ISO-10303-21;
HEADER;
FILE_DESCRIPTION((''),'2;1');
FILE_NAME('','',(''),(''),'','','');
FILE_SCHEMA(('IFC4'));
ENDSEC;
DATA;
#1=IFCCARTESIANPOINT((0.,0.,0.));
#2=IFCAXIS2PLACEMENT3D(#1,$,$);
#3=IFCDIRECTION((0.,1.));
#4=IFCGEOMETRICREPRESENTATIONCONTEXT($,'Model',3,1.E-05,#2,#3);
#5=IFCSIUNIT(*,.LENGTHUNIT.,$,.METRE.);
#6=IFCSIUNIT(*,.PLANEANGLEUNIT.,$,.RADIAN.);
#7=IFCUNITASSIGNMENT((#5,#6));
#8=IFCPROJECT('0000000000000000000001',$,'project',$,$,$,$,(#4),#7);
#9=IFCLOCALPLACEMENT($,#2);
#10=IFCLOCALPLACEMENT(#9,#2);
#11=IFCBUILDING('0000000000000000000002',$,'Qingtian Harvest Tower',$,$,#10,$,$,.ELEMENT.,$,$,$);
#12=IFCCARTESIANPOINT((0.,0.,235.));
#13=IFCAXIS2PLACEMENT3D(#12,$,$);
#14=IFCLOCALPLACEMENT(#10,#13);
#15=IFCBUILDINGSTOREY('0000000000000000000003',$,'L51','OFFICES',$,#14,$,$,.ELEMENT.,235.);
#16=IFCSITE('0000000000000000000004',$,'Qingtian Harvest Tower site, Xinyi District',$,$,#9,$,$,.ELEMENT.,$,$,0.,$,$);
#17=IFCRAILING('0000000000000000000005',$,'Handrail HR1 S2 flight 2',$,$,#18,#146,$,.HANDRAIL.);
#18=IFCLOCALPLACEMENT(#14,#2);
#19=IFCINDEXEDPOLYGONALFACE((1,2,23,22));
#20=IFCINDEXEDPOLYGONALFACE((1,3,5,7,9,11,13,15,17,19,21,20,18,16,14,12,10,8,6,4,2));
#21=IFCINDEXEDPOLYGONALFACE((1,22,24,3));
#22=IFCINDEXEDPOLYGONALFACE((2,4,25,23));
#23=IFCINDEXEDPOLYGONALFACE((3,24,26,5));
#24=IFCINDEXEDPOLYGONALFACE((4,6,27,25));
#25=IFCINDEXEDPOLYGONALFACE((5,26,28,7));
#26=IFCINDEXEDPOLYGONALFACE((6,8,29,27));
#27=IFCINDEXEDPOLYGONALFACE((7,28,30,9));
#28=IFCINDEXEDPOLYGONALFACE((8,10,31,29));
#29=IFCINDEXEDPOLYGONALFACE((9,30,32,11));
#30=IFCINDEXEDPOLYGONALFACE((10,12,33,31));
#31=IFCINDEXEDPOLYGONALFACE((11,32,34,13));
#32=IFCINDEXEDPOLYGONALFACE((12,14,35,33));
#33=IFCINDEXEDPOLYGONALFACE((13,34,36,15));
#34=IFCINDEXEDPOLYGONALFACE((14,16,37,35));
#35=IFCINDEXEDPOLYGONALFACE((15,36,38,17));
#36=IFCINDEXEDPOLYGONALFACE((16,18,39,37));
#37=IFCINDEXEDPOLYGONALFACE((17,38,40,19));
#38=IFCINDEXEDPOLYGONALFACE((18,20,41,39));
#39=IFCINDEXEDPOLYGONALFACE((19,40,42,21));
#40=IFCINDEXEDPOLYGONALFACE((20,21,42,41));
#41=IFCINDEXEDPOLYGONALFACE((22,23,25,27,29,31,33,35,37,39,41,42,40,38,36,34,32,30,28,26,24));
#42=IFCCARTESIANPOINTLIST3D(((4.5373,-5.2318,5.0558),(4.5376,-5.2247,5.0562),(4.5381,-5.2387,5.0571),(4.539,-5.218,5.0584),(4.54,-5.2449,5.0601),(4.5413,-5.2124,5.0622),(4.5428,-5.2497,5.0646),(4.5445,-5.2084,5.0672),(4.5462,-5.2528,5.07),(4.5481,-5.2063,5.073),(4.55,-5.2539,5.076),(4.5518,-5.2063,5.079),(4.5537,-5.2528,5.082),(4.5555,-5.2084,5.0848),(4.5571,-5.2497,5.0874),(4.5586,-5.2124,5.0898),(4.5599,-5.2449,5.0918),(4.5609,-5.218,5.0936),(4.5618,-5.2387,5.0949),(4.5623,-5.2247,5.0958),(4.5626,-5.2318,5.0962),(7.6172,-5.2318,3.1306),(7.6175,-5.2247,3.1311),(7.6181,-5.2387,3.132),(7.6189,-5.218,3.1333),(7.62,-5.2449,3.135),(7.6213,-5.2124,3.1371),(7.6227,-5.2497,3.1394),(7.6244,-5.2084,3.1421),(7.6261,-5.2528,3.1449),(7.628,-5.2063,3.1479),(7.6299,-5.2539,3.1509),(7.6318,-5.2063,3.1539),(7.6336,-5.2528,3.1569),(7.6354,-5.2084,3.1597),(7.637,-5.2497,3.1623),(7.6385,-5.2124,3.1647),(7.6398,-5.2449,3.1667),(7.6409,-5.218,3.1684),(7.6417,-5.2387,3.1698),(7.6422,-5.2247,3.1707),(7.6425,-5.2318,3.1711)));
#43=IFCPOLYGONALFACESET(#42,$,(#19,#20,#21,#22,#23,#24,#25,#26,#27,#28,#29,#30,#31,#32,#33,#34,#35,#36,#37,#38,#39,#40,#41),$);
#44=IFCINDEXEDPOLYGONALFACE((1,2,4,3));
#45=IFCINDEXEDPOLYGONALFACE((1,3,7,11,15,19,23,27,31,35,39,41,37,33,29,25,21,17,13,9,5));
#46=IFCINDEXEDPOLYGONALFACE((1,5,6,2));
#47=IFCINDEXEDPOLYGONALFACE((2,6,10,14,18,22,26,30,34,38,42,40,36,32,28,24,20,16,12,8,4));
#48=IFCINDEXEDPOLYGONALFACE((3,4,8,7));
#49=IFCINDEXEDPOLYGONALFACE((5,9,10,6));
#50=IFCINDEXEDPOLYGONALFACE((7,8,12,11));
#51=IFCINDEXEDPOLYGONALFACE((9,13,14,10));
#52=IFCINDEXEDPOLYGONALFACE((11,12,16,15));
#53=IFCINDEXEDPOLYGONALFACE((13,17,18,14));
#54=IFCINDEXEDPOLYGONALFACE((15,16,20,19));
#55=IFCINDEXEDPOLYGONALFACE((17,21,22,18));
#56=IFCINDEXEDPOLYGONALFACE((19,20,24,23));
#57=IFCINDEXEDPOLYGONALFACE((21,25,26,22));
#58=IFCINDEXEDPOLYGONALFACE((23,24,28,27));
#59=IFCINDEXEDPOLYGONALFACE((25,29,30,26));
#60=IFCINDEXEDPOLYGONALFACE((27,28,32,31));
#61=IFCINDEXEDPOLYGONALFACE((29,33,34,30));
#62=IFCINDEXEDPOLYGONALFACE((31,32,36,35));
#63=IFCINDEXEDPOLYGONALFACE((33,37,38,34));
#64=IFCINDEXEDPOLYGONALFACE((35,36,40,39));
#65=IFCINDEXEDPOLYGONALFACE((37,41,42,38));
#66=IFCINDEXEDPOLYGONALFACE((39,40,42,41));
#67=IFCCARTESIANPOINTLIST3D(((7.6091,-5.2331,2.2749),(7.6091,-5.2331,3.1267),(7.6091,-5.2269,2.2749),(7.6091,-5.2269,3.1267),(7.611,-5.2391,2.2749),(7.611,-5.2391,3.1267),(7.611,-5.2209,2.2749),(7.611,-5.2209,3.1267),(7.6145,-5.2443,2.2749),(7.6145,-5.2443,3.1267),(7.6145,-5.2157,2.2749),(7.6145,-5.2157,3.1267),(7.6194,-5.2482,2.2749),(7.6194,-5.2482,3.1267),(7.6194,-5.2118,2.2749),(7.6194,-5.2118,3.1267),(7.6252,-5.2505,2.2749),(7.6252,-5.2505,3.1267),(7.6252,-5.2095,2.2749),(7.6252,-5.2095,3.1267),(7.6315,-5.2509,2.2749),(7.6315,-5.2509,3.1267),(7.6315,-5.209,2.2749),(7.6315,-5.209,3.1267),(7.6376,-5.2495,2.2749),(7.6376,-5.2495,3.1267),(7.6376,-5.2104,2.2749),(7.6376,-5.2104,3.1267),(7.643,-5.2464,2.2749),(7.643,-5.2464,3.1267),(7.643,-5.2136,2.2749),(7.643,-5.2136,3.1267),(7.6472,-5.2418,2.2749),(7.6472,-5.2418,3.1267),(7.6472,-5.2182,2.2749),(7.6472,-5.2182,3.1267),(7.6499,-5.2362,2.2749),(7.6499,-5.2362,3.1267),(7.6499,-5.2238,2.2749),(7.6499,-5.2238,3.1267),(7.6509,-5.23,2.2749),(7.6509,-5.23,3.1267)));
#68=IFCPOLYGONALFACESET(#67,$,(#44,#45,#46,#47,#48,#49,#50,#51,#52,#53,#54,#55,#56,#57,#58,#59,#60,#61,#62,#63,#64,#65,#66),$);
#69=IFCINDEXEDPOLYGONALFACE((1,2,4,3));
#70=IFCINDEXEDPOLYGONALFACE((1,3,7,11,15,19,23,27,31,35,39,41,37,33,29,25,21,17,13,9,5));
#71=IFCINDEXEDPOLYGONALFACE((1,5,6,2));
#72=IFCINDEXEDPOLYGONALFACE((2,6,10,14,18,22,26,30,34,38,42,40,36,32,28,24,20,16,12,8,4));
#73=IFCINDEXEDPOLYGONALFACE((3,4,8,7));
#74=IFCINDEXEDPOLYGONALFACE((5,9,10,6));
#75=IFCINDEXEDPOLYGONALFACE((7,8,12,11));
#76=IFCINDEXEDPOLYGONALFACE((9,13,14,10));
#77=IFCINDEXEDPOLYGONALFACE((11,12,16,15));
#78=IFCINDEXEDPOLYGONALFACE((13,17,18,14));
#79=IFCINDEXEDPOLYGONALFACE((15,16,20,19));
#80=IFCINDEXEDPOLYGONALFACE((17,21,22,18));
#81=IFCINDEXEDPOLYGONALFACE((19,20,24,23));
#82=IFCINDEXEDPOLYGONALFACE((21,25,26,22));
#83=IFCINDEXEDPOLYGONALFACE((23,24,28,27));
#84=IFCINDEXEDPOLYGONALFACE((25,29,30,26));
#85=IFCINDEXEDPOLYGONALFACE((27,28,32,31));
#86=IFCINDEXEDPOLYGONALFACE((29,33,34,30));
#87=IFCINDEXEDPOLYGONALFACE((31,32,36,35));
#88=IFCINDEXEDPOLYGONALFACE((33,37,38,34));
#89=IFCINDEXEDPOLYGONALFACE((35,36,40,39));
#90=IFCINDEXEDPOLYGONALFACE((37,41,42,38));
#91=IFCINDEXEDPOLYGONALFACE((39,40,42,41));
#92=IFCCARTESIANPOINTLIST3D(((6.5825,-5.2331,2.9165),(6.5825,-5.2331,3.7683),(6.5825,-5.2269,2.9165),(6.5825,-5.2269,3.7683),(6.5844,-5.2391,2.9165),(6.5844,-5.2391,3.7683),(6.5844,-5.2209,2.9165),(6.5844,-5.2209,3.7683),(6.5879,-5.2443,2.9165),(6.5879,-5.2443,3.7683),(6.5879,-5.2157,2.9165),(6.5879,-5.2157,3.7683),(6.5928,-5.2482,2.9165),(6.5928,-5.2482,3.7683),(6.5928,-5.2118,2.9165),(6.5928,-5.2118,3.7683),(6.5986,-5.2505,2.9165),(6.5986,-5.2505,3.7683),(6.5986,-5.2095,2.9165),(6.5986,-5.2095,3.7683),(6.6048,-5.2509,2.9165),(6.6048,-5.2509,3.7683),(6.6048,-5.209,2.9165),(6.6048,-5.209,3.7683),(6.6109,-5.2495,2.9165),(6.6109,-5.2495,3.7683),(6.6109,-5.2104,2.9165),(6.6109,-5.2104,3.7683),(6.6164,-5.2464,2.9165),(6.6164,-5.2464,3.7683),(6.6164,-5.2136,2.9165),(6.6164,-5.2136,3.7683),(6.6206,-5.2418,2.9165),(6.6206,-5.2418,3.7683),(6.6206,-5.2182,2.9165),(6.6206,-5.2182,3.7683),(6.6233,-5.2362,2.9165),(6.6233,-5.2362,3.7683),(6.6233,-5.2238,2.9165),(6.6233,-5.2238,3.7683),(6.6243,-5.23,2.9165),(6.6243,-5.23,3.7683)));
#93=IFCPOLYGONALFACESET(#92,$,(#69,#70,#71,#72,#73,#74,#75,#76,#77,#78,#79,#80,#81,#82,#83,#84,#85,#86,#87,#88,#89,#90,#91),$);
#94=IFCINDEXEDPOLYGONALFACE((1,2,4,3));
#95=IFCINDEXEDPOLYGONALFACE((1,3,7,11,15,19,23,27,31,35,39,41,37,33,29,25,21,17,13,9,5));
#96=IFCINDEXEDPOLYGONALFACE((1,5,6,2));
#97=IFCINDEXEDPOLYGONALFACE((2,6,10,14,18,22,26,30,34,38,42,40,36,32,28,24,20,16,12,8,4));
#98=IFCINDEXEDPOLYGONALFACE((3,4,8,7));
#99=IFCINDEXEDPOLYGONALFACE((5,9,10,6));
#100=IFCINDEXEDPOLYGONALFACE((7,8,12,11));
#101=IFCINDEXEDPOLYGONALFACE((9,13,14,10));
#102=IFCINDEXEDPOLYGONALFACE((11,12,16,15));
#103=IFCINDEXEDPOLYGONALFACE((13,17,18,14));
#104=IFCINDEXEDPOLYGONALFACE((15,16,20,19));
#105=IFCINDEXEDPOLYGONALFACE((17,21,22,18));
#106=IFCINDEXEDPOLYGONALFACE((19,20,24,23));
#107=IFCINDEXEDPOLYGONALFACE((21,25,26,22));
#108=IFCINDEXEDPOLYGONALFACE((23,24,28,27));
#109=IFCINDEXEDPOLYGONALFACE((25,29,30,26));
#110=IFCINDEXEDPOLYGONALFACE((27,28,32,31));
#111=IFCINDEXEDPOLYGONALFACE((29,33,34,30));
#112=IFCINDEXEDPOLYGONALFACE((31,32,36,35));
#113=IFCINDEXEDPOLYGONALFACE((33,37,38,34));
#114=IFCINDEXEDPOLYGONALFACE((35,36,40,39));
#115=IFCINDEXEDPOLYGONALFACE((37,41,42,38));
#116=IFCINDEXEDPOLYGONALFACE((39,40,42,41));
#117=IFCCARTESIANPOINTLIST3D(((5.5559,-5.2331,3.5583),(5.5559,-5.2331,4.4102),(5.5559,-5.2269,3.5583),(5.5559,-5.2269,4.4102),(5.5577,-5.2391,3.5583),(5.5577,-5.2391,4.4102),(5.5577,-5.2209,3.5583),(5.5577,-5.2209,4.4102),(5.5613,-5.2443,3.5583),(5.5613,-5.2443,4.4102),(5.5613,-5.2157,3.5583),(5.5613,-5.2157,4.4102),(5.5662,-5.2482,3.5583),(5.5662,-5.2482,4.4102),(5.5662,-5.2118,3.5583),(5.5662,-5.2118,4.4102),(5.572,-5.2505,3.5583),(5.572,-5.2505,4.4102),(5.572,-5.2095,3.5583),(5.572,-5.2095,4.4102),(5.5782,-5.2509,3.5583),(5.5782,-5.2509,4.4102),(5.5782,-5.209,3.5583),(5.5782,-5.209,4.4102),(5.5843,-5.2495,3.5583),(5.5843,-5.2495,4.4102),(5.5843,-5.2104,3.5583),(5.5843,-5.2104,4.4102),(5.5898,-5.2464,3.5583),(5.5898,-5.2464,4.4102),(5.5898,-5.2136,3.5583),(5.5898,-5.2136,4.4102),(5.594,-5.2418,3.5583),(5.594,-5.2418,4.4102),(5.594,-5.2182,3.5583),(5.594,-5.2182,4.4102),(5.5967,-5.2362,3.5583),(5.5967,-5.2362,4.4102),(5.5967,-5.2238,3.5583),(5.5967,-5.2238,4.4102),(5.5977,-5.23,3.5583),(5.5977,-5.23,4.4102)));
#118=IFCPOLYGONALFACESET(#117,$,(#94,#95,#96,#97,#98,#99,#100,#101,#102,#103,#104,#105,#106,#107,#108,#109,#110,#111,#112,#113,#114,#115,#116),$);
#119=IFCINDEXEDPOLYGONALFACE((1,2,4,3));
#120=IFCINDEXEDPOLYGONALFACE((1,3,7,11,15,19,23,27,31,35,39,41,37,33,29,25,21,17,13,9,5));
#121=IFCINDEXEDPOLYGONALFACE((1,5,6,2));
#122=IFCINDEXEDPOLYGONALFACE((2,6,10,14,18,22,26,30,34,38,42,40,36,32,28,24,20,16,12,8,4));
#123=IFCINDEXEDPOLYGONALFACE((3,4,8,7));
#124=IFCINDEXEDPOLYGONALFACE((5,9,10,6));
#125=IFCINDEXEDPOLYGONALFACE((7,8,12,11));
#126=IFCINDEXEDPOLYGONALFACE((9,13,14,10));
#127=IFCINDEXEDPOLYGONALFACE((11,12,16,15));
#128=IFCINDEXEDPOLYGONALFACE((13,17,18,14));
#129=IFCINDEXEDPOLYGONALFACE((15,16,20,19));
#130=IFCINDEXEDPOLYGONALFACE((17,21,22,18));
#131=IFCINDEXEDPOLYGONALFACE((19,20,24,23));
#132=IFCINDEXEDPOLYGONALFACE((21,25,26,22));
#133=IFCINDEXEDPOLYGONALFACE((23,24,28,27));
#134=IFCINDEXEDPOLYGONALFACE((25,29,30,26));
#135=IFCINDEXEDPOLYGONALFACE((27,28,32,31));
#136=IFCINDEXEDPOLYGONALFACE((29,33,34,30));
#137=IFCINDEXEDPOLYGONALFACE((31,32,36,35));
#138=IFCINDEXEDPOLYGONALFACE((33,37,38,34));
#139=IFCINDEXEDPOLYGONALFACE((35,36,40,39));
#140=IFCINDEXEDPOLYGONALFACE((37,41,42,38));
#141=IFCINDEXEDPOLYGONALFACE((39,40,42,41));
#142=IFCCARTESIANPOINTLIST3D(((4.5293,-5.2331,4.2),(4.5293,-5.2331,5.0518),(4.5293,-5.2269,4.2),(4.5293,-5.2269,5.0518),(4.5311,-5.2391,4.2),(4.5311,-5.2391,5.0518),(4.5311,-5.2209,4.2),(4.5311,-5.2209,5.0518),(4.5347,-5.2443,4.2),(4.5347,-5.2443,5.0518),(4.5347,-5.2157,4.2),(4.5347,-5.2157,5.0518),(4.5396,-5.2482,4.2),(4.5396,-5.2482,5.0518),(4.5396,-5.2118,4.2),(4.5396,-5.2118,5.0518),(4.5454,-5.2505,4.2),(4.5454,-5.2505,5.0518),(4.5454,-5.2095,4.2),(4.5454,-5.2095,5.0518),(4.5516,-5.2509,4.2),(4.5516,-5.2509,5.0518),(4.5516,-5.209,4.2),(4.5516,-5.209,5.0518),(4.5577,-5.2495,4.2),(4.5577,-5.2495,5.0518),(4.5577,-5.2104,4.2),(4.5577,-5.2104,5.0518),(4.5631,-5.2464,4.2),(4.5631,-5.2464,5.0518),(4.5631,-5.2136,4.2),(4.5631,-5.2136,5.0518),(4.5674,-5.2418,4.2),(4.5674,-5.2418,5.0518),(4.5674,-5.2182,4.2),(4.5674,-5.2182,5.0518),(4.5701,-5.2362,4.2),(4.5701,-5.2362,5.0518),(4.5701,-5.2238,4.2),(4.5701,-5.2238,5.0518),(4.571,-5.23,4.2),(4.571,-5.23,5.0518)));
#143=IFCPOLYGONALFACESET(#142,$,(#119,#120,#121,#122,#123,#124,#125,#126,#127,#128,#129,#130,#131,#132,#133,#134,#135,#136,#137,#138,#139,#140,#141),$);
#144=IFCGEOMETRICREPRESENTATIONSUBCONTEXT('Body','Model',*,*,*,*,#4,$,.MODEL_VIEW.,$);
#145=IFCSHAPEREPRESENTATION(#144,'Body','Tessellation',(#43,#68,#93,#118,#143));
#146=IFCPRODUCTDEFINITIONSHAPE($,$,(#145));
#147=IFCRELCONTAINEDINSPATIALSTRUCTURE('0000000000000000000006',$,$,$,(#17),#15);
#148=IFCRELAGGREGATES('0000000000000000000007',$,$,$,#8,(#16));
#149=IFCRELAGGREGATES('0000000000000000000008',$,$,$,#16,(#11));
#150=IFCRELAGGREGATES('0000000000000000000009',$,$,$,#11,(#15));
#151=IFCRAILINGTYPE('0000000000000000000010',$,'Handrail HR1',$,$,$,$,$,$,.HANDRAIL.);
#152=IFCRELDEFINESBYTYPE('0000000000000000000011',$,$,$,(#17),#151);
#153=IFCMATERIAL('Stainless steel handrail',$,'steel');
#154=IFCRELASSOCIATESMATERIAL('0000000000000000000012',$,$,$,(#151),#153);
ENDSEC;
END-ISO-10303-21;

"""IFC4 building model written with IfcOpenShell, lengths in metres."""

from ifc_helpers import new_model, si_unit, direction, frame, origin, origin_2d, place, context, subcontext, project, spatial, circle, extrude, material, type_object, element, save


model = new_model("IFC4")

# Units and contexts
model_context = context("Model", 3, precision=1e-05, world=origin(), true_north=direction((0.0, 1.0)))
body_context = subcontext(model_context, "Body", "Model", "MODEL_VIEW")
ifc_project = project(units=[si_unit("LENGTHUNIT", "METRE"), si_unit("PLANEANGLEUNIT", "RADIAN")], contexts=[model_context])

# Site, building, storey
site_placement = place(None, origin())
site = spatial("IfcSite", under=ifc_project, at=site_placement, Name="Qingtian Harvest Tower site, Xinyi District", CompositionType="ELEMENT", RefElevation=0.0)
building_placement = place(site_placement, origin())
building = spatial("IfcBuilding", under=site, at=building_placement, Name="Qingtian Harvest Tower", CompositionType="ELEMENT")
storey_placement = place(building_placement, frame((0.0, 0.0, 235.0)))
storey = spatial("IfcBuildingStorey", under=building, at=storey_placement, Name="L51", Description="OFFICES", CompositionType="ELEMENT", Elevation=235.0)

# Railing
ifc_material_1 = material(Name="Stainless steel handrail", Category="steel")
railing_type = type_object("IfcRailingType", Name="Handrail HR1", PredefinedType="HANDRAIL", material=ifc_material_1)
railing_1_placement = place(storey_placement, frame((7.6299, -5.23, 2.2749)))
element("IfcRailing", 1, at=railing_1_placement, inside=storey, type_object=railing_type, Name="Handrail HR1 S2 flight 2", PredefinedType="HANDRAIL", context=body_context, shape_type="SweptSolid", body=[
    extrude(circle(Radius=0.0239, at=origin_2d()), frame((0.0, 0.0, 0.876), z_axis=(-0.847979, 0.0, 0.530029), x_axis=(0.0, -1.0, 0.0)), (0.0, 0.0, 1.0), 3.6321),
    extrude(circle(Radius=0.021, at=origin_2d()), origin(), (0.0, 0.0, 1.0), 0.8518),
    extrude(circle(Radius=0.021, at=origin_2d()), frame((-1.0266, 0.0, 0.6416)), (0.0, 0.0, 1.0), 0.8518),
    extrude(circle(Radius=0.021, at=origin_2d()), frame((-2.0532, 0.0, 1.2834)), (0.0, 0.0, 1.0), 0.8518),
    extrude(circle(Radius=0.021, at=origin_2d()), frame((-3.0798, 0.0, 1.925)), (0.0, 0.0, 1.0), 0.8518),
])

save(model, "model.ifc")
